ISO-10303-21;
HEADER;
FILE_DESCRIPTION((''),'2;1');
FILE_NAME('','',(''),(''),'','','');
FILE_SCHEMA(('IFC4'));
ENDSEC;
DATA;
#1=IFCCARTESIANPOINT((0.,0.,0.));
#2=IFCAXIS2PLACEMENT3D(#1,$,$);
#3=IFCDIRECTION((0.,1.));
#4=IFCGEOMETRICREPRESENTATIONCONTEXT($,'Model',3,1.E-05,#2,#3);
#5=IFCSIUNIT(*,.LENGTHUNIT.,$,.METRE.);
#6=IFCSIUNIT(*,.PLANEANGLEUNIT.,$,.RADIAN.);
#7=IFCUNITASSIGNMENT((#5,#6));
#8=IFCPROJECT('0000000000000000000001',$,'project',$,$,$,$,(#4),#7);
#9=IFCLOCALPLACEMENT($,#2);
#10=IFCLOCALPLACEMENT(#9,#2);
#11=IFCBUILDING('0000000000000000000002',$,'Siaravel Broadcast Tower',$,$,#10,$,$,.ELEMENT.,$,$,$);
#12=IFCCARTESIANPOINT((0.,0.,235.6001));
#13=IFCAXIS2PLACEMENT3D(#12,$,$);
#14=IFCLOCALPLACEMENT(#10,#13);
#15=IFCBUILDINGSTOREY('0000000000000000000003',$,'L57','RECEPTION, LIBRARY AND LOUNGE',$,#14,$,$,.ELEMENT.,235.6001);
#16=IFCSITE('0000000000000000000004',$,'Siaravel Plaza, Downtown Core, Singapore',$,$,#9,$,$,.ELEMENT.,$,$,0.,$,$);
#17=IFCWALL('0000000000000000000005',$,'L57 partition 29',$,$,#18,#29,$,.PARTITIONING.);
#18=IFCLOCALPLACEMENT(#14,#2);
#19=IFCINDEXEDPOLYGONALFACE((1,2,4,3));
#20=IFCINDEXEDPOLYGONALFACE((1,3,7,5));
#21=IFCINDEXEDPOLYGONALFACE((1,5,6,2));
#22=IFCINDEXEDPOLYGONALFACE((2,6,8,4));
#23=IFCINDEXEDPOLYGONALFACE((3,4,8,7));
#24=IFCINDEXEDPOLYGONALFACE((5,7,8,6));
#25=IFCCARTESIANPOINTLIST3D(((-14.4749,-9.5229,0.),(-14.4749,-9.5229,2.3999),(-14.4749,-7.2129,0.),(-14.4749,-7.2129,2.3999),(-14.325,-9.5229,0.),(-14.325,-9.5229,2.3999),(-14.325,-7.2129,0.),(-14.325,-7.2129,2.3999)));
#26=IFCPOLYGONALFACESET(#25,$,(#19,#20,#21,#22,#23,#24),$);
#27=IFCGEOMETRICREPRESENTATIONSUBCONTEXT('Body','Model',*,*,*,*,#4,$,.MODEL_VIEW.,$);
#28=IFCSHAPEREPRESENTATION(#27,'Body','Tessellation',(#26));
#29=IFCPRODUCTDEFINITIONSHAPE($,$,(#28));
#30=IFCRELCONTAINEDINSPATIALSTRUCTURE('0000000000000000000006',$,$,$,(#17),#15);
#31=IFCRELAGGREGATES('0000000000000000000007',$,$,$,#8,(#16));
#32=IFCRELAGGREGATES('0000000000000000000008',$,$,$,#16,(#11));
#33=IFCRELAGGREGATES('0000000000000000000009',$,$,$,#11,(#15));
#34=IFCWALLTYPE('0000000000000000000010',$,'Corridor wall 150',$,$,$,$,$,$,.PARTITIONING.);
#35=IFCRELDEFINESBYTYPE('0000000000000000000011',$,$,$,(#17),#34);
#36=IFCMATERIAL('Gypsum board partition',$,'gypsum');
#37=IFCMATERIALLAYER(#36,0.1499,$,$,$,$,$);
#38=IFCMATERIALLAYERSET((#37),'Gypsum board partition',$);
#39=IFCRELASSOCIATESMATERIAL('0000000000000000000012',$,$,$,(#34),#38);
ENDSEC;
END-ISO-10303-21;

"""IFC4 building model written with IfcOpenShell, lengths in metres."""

from ifc_helpers import new_model, si_unit, direction, frame, frame_2d, origin, place, context, subcontext, project, spatial, rectangle, extrude, material, layer, layer_set, type_object, element, save


model = new_model("IFC4")

# Units and contexts
model_context = context("Model", 3, precision=1e-05, world=origin(), true_north=direction((0.0, 1.0)))
body_context = subcontext(model_context, "Body", "Model", "MODEL_VIEW")
ifc_project = project(units=[si_unit("LENGTHUNIT", "METRE"), si_unit("PLANEANGLEUNIT", "RADIAN")], contexts=[model_context])

# Site, building, storey
site_placement = place(None, origin())
site = spatial("IfcSite", under=ifc_project, at=site_placement, Name="Siaravel Plaza, Downtown Core, Singapore", CompositionType="ELEMENT", RefElevation=0.0)
building_placement = place(site_placement, origin())
building = spatial("IfcBuilding", under=site, at=building_placement, Name="Siaravel Broadcast Tower", CompositionType="ELEMENT")
storey_placement = place(building_placement, frame((0.0, 0.0, 235.6001)))
storey = spatial("IfcBuildingStorey", under=building, at=storey_placement, Name="L57", Description="RECEPTION, LIBRARY AND LOUNGE", CompositionType="ELEMENT", Elevation=235.6001)

# Shared definitions
ifc_material_1 = material(Name="Gypsum board partition", Category="gypsum")
ifc_layer_1 = layer(ifc_material_1, 0.1499)
ifc_layer_set_1 = layer_set([ifc_layer_1], Name="Gypsum board partition")
wall_type_1 = type_object("IfcWallType", Name="Corridor wall 150", PredefinedType="PARTITIONING", material=ifc_layer_set_1)

# Wall
wall_1_placement = place(storey_placement, frame((-14.3999, -7.2129, 0.0), z_axis=(0.0, 0.0, 1.0), x_axis=(0.0, -1.0, 0.0)))
element("IfcWall", 1, at=wall_1_placement, inside=storey, type_object=wall_type_1, Name="L57 partition 29", PredefinedType="PARTITIONING", context=body_context, shape_type="SweptSolid", body=[
    extrude(rectangle(XDim=2.3101, YDim=0.1499, at=frame_2d((1.155, 0.0))), origin(), (0.0, 0.0, 1.0), 2.3999),
])

save(model, "model.ifc")
